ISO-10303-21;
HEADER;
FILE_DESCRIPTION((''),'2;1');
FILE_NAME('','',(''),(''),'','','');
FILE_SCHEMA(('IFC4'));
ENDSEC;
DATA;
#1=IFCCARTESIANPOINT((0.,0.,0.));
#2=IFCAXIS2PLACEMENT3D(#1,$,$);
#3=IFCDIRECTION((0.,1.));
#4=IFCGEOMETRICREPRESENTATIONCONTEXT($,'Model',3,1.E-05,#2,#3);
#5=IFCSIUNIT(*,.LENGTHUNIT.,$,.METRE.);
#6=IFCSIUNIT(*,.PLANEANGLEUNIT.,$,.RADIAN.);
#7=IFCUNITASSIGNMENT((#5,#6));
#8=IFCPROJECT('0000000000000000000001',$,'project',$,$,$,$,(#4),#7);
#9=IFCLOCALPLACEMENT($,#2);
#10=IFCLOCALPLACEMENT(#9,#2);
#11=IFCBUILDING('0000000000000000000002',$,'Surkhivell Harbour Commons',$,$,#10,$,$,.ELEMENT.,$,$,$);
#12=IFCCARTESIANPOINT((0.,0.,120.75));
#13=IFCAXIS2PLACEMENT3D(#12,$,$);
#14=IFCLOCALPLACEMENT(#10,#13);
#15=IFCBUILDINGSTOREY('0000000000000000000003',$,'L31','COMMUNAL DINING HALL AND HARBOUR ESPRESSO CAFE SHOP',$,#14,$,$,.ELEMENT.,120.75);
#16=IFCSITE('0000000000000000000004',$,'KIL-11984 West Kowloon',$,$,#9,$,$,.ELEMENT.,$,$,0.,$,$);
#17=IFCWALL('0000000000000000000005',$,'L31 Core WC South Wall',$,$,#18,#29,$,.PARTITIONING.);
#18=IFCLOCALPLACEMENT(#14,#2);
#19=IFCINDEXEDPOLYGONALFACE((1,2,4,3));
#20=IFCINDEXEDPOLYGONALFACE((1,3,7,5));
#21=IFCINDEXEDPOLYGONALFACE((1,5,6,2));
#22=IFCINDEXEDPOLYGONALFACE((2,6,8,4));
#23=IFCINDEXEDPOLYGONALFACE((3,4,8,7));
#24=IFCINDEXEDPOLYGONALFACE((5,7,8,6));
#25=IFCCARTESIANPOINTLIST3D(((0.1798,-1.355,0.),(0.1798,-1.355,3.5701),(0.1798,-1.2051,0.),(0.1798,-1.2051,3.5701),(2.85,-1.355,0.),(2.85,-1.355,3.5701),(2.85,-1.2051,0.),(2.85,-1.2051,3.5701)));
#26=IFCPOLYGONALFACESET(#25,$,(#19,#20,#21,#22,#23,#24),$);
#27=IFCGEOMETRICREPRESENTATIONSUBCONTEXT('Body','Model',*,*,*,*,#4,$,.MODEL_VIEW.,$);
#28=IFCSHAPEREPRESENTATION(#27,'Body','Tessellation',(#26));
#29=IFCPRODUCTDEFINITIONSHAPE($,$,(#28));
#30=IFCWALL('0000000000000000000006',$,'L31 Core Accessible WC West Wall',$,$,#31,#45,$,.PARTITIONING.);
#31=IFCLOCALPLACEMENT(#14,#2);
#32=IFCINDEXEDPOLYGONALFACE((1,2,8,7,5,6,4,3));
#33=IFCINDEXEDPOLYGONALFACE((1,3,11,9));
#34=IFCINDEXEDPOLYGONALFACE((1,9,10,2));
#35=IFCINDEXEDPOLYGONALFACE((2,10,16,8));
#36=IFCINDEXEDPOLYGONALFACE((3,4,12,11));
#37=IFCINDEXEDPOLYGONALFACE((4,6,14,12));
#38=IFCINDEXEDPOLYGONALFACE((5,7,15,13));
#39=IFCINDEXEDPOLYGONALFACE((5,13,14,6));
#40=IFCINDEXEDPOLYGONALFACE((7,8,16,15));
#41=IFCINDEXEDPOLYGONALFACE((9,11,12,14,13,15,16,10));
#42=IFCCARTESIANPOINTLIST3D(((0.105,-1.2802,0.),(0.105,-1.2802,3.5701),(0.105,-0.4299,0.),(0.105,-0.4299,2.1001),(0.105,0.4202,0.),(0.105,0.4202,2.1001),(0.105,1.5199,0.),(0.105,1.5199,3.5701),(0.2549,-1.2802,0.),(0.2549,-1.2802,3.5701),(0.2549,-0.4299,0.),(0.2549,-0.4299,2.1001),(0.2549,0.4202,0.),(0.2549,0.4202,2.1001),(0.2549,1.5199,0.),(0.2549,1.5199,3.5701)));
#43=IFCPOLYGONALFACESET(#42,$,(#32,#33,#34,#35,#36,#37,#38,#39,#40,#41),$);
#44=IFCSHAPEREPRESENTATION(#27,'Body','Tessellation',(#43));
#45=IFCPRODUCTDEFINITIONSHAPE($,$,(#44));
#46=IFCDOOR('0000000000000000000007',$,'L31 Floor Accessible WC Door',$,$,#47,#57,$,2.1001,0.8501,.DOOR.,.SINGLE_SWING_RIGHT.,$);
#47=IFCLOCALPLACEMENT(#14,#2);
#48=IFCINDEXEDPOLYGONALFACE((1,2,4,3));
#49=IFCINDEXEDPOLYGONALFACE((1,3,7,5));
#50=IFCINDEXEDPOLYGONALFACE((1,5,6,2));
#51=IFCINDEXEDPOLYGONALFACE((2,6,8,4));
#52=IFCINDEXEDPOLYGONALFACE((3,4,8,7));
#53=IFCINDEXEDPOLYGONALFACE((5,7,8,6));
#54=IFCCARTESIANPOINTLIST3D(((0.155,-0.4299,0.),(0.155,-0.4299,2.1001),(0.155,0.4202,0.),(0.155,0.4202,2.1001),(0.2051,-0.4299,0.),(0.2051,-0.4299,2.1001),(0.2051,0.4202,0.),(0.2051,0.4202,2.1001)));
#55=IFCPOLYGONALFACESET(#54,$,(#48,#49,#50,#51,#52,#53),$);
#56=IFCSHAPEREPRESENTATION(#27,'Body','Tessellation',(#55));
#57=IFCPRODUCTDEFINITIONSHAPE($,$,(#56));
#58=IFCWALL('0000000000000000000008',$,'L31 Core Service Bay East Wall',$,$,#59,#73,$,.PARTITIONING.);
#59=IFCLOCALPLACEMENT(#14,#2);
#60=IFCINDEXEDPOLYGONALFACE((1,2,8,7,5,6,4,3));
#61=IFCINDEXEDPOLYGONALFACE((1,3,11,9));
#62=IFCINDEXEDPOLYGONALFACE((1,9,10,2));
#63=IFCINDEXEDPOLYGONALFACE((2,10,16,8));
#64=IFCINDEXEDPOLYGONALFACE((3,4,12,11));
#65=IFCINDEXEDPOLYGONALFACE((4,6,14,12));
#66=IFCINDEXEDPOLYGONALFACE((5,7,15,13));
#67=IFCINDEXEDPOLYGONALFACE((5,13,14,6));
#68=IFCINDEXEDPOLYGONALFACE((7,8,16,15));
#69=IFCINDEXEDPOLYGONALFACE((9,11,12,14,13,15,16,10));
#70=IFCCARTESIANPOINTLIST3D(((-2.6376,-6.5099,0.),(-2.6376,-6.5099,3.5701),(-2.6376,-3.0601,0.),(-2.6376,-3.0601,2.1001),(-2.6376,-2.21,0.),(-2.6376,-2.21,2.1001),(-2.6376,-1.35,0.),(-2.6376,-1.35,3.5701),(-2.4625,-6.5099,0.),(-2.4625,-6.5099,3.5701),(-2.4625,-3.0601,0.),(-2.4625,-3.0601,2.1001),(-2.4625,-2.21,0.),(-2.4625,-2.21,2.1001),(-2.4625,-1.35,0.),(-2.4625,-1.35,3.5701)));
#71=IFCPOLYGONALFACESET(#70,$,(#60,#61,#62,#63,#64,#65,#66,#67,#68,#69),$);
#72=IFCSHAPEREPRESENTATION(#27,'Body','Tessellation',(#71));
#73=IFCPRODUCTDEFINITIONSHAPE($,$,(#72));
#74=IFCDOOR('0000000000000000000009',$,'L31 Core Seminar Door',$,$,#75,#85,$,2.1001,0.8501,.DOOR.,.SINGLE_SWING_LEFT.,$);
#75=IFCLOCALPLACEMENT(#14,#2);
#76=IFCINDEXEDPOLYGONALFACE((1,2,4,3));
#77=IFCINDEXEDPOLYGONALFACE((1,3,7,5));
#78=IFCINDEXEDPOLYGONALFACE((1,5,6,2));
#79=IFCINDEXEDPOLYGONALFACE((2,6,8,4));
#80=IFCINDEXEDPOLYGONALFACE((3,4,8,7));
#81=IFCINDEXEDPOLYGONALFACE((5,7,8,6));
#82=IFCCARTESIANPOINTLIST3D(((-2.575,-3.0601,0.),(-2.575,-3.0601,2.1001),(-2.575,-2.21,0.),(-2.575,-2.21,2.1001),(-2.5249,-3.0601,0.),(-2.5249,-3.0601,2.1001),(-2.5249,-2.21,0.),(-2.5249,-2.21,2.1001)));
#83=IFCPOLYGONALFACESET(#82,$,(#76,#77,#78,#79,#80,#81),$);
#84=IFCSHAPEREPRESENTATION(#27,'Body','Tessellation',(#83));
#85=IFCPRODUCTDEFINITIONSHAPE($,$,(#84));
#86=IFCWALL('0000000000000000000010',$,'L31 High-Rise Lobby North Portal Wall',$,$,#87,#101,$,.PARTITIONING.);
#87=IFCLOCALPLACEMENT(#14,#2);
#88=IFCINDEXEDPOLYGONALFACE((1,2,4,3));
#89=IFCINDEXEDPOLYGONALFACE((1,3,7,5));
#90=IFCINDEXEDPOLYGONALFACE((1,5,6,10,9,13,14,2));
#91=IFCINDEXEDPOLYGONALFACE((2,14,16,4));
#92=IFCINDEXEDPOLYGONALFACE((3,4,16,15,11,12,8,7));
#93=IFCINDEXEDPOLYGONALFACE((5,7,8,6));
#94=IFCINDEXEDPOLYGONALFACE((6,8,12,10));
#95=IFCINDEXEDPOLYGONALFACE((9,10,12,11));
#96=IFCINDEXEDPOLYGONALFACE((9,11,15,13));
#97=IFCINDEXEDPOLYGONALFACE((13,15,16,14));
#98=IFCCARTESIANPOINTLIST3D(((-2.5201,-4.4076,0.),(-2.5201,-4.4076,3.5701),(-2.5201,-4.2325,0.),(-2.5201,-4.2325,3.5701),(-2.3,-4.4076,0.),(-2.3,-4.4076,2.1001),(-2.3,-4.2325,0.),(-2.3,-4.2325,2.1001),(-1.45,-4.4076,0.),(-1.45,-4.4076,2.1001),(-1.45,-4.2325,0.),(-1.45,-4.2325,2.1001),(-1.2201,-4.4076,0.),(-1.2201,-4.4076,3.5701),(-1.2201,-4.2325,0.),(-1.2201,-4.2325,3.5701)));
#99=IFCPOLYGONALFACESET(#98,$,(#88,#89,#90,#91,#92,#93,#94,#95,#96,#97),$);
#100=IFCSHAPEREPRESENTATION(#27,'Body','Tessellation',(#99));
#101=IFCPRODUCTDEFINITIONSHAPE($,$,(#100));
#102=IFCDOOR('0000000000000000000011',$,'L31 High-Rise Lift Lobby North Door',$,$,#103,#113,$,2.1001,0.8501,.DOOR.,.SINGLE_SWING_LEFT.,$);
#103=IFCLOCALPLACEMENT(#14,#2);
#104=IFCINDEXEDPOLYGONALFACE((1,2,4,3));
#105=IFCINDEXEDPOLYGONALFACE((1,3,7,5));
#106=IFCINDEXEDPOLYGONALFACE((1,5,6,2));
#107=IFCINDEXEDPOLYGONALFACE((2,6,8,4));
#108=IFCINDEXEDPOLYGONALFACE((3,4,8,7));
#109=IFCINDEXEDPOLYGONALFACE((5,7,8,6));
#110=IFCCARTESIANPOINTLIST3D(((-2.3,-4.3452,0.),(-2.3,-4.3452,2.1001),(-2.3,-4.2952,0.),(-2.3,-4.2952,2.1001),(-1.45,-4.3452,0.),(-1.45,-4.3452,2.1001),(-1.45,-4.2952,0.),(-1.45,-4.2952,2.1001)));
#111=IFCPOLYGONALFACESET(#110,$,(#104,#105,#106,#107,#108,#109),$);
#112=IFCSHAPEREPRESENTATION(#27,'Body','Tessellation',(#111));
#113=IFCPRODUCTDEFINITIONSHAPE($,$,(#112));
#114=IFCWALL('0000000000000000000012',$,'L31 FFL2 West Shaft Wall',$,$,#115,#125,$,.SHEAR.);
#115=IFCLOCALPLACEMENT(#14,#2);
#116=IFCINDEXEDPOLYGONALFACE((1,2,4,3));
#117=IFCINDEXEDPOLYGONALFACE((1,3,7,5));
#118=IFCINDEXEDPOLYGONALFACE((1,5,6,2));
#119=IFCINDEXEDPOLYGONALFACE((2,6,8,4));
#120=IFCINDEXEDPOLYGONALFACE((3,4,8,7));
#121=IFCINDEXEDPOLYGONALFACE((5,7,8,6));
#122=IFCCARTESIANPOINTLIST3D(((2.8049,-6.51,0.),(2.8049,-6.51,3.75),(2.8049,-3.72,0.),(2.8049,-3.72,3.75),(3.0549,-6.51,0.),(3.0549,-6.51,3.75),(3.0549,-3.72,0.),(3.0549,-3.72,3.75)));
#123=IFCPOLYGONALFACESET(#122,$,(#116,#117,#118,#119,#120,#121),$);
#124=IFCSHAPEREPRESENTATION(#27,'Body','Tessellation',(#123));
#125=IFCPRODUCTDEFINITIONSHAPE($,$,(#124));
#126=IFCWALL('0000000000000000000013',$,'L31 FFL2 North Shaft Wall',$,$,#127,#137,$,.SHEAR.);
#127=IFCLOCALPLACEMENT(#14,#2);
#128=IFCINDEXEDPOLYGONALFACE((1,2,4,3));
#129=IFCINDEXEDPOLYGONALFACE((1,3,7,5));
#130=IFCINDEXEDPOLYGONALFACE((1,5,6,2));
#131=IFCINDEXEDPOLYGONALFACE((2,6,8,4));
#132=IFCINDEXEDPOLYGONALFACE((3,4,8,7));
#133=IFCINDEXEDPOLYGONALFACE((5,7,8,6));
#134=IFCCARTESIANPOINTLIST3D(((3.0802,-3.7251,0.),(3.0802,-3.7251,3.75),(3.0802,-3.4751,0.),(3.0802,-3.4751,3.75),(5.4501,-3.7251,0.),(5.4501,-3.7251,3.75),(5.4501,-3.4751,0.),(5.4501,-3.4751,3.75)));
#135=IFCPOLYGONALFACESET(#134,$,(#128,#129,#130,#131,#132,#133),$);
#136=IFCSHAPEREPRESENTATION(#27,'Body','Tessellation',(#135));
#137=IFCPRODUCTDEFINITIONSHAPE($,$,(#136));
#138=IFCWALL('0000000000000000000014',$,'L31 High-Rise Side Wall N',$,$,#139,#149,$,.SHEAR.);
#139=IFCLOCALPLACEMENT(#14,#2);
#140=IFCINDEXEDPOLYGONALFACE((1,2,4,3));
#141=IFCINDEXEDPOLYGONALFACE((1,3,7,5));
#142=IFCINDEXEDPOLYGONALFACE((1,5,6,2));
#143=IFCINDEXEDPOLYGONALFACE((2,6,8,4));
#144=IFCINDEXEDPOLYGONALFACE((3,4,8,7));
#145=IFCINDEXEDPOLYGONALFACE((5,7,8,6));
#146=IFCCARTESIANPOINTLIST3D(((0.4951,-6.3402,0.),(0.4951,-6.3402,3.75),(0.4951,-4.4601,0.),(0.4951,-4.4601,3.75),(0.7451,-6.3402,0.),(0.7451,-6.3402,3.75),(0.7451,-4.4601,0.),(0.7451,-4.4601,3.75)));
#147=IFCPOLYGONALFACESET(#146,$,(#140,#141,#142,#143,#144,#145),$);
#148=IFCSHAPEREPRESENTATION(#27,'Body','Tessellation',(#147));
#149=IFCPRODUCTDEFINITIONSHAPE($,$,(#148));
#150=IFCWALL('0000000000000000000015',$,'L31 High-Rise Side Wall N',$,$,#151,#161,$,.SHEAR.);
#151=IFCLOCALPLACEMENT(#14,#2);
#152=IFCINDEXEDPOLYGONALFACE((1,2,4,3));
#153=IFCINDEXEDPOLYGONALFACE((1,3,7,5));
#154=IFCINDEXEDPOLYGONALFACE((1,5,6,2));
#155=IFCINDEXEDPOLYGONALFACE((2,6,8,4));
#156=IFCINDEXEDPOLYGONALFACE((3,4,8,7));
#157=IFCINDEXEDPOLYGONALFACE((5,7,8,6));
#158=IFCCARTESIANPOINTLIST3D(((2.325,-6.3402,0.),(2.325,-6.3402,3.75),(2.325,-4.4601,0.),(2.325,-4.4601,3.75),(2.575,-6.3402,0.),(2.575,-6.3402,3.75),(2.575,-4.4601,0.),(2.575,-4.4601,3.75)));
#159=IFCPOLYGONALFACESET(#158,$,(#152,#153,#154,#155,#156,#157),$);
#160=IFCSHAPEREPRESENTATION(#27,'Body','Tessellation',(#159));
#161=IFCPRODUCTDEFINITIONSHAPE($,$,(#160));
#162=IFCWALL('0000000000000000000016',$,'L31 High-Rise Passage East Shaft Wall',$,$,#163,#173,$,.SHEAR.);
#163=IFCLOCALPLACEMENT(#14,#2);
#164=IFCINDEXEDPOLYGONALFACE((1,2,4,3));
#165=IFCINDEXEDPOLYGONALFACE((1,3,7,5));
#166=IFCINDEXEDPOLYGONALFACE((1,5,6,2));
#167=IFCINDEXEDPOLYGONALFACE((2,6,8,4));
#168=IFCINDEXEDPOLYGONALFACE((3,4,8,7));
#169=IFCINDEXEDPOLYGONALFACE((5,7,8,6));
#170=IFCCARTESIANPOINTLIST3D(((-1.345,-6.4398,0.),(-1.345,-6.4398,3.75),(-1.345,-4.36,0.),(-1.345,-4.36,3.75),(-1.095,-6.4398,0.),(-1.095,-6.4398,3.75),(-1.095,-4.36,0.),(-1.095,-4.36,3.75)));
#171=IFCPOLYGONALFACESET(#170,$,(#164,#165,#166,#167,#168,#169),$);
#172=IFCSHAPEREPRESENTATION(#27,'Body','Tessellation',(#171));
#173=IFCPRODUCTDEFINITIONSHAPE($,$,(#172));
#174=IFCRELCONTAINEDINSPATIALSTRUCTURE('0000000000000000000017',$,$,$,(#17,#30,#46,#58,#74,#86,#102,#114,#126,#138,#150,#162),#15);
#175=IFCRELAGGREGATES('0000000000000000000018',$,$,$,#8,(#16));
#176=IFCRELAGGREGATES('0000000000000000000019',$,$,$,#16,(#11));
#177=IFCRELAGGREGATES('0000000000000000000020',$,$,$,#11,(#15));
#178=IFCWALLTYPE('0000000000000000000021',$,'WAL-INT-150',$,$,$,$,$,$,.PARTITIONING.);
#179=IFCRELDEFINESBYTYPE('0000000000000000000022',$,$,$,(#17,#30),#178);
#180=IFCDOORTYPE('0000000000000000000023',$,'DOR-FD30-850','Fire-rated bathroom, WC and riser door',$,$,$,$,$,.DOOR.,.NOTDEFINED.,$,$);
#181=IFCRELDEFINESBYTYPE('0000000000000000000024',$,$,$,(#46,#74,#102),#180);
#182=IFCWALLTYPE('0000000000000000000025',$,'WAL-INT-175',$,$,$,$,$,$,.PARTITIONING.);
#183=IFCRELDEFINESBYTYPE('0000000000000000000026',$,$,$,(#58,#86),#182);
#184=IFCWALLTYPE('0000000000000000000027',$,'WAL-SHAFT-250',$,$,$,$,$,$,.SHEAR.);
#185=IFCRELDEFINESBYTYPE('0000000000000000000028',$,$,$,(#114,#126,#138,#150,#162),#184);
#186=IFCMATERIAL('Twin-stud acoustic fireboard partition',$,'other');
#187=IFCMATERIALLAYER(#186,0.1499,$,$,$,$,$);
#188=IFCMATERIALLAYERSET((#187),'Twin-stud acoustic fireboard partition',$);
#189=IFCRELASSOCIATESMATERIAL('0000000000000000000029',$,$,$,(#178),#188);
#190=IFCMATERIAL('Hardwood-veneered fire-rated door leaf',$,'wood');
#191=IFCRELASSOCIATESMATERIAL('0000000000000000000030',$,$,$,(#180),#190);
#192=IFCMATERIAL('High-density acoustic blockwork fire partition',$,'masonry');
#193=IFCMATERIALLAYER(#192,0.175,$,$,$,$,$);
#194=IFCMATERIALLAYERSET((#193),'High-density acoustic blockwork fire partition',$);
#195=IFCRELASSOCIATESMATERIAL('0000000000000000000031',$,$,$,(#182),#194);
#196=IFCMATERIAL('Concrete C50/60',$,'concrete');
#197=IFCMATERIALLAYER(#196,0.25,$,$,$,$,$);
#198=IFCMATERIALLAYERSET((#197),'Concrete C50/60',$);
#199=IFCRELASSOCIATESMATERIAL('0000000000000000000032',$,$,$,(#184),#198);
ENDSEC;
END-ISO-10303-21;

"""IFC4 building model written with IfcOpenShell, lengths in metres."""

from ifc_helpers import new_model, si_unit, direction, frame, frame_2d, origin, place, context, subcontext, project, spatial, rectangle, extrude, material, layer, layer_set, type_object, element, fill, save


model = new_model("IFC4")

# Units and contexts
model_context = context("Model", 3, precision=1e-05, world=origin(), true_north=direction((0.0, 1.0)))
body_context = subcontext(model_context, "Body", "Model", "MODEL_VIEW")
ifc_project = project(units=[si_unit("LENGTHUNIT", "METRE"), si_unit("PLANEANGLEUNIT", "RADIAN")], contexts=[model_context])

# Site, building, storey
site_placement = place(None, origin())
site = spatial("IfcSite", under=ifc_project, at=site_placement, Name="KIL-11984 West Kowloon", CompositionType="ELEMENT", RefElevation=0.0)
building_placement = place(site_placement, origin())
building = spatial("IfcBuilding", under=site, at=building_placement, Name="Surkhivell Harbour Commons", CompositionType="ELEMENT")
storey_placement = place(building_placement, frame((0.0, 0.0, 120.75)))
storey = spatial("IfcBuildingStorey", under=building, at=storey_placement, Name="L31", Description="COMMUNAL DINING HALL AND HARBOUR ESPRESSO CAFE SHOP", CompositionType="ELEMENT", Elevation=120.75)

# Wall
ifc_material_1 = material(Name="Twin-stud acoustic fireboard partition", Category="other")
ifc_layer_1 = layer(ifc_material_1, 0.1499)
ifc_layer_set_1 = layer_set([ifc_layer_1], Name="Twin-stud acoustic fireboard partition")
wall_type_1 = type_object("IfcWallType", Name="WAL-INT-150", PredefinedType="PARTITIONING", material=ifc_layer_set_1)
wall_1_placement = place(storey_placement, frame((0.1799, -1.28, 0.0), z_axis=(0.0, 0.0, 1.0), x_axis=(1.0, 0.0, 0.0)))
element("IfcWall", 1, at=wall_1_placement, inside=storey, type_object=wall_type_1, Name="L31 Core WC South Wall", PredefinedType="PARTITIONING", context=body_context, shape_type="SweptSolid", body=[
    extrude(rectangle(XDim=2.6702, YDim=0.1499, at=frame_2d((1.335, 0.0))), origin(), (0.0, 0.0, 1.0), 3.5701),
])

# Walls, openings, doors
wall_2_placement = place(storey_placement, frame((0.1799, -1.28, 0.0), z_axis=(0.0, 0.0, 1.0), x_axis=(0.0, 1.0, 0.0)))
wall_2 = element("IfcWall", 2, at=wall_2_placement, inside=storey, type_object=wall_type_1, Name="L31 Core Accessible WC West Wall", PredefinedType="PARTITIONING", context=body_context, shape_type="SweptSolid", body=[
    extrude(rectangle(XDim=2.8, YDim=0.1499, at=frame_2d((1.3999, 0.0))), origin(), (0.0, 0.0, 1.0), 3.5701),
])
opening_1_placement = place(wall_2_placement, frame((0.8501, 0.0, 0.0)))
opening_1 = element("IfcOpeningElement", 3, at=opening_1_placement, cuts=wall_2, PredefinedType="OPENING", context=body_context, shape_type="SweptSolid", body=[
    extrude(rectangle(XDim=0.8501, YDim=2.1001, at=frame_2d((0.425, 1.05))), frame((0.0, 0.085, 0.0), z_axis=(0.0, -1.0, 0.0), x_axis=(1.0, 0.0, 0.0)), (0.0, 0.0, 1.0), 0.1699),
])
ifc_material_2 = material(Name="Hardwood-veneered fire-rated door leaf", Category="wood")
door_type_1 = type_object("IfcDoorType", Name="DOR-FD30-850", Description="Fire-rated bathroom, WC and riser door", OperationType="NOTDEFINED", PredefinedType="DOOR", material=ifc_material_2)
door_1_placement = place(opening_1_placement, origin())
door_1 = element("IfcDoor", 4, at=door_1_placement, inside=storey, type_object=door_type_1, Name="L31 Floor Accessible WC Door", OperationType="SINGLE_SWING_RIGHT", OverallHeight=2.1001, OverallWidth=0.8501, PredefinedType="DOOR", context=body_context, shape_type="SweptSolid", body=[
    extrude(rectangle(XDim=0.8501, YDim=2.1001, at=frame_2d((0.425, 1.05))), frame((0.0, 0.0249, 0.0), z_axis=(0.0, -1.0, 0.0), x_axis=(1.0, 0.0, 0.0)), (0.0, 0.0, 1.0), 0.05),
])
fill(opening_1, door_1)
ifc_material_3 = material(Name="High-density acoustic blockwork fire partition", Category="masonry")
ifc_layer_2 = layer(ifc_material_3, 0.175)
ifc_layer_set_2 = layer_set([ifc_layer_2], Name="High-density acoustic blockwork fire partition")
wall_type_2 = type_object("IfcWallType", Name="WAL-INT-175", PredefinedType="PARTITIONING", material=ifc_layer_set_2)
wall_3_placement = place(storey_placement, frame((-2.55, -6.51, 0.0), z_axis=(0.0, 0.0, 1.0), x_axis=(0.0, 1.0, 0.0)))
wall_3 = element("IfcWall", 5, at=wall_3_placement, inside=storey, type_object=wall_type_2, Name="L31 Core Service Bay East Wall", PredefinedType="PARTITIONING", context=body_context, shape_type="SweptSolid", body=[
    extrude(rectangle(XDim=5.1599, YDim=0.175, at=frame_2d((2.5801, 0.0))), origin(), (0.0, 0.0, 1.0), 3.5701),
])
opening_2_placement = place(wall_3_placement, frame((3.45, 0.0, 0.0)))
opening_2 = element("IfcOpeningElement", 6, at=opening_2_placement, cuts=wall_3, PredefinedType="OPENING", context=body_context, shape_type="SweptSolid", body=[
    extrude(rectangle(XDim=0.8501, YDim=2.1001, at=frame_2d((0.425, 1.05))), frame((0.0, 0.0974, 0.0), z_axis=(0.0, -1.0, 0.0), x_axis=(1.0, 0.0, 0.0)), (0.0, 0.0, 1.0), 0.1951),
])
door_2_placement = place(opening_2_placement, origin())
door_2 = element("IfcDoor", 7, at=door_2_placement, inside=storey, type_object=door_type_1, Name="L31 Core Seminar Door", OperationType="SINGLE_SWING_LEFT", OverallHeight=2.1001, OverallWidth=0.8501, PredefinedType="DOOR", context=body_context, shape_type="SweptSolid", body=[
    extrude(rectangle(XDim=0.8501, YDim=2.1001, at=frame_2d((0.425, 1.05))), frame((0.0, 0.0249, 0.0), z_axis=(0.0, -1.0, 0.0), x_axis=(1.0, 0.0, 0.0)), (0.0, 0.0, 1.0), 0.05),
])
fill(opening_2, door_2)
wall_4_placement = place(storey_placement, frame((-2.52, -4.3201, 0.0), z_axis=(0.0, 0.0, 1.0), x_axis=(1.0, 0.0, 0.0)))
wall_4 = element("IfcWall", 8, at=wall_4_placement, inside=storey, type_object=wall_type_2, Name="L31 High-Rise Lobby North Portal Wall", PredefinedType="PARTITIONING", context=body_context, shape_type="SweptSolid", body=[
    extrude(rectangle(XDim=1.3, YDim=0.175, at=frame_2d((0.6499, 0.0))), origin(), (0.0, 0.0, 1.0), 3.5701),
])
opening_3_placement = place(wall_4_placement, frame((0.22, 0.0, 0.0)))
opening_3 = element("IfcOpeningElement", 9, at=opening_3_placement, cuts=wall_4, PredefinedType="OPENING", context=body_context, shape_type="SweptSolid", body=[
    extrude(rectangle(XDim=0.8501, YDim=2.1001, at=frame_2d((0.425, 1.05))), frame((0.0, 0.0974, 0.0), z_axis=(0.0, -1.0, 0.0), x_axis=(1.0, 0.0, 0.0)), (0.0, 0.0, 1.0), 0.1951),
])
door_3_placement = place(opening_3_placement, origin())
door_3 = element("IfcDoor", 10, at=door_3_placement, inside=storey, type_object=door_type_1, Name="L31 High-Rise Lift Lobby North Door", OperationType="SINGLE_SWING_LEFT", OverallHeight=2.1001, OverallWidth=0.8501, PredefinedType="DOOR", context=body_context, shape_type="SweptSolid", body=[
    extrude(rectangle(XDim=0.8501, YDim=2.1001, at=frame_2d((0.425, 1.05))), frame((0.0, 0.0249, 0.0), z_axis=(0.0, -1.0, 0.0), x_axis=(1.0, 0.0, 0.0)), (0.0, 0.0, 1.0), 0.05),
])
fill(opening_3, door_3)

# Walls
ifc_material_4 = material(Name="Concrete C50/60", Category="concrete")
ifc_layer_3 = layer(ifc_material_4, 0.25)
ifc_layer_set_3 = layer_set([ifc_layer_3], Name="Concrete C50/60")
wall_type_3 = type_object("IfcWallType", Name="WAL-SHAFT-250", PredefinedType="SHEAR", material=ifc_layer_set_3)
wall_5_placement = place(storey_placement, frame((2.9299, -6.51, 0.0), z_axis=(0.0, 0.0, 1.0), x_axis=(0.0, 1.0, 0.0)))
element("IfcWall", 11, at=wall_5_placement, inside=storey, type_object=wall_type_3, Name="L31 FFL2 West Shaft Wall", PredefinedType="SHEAR", context=body_context, shape_type="SweptSolid", body=[
    extrude(rectangle(XDim=2.79, YDim=0.25, at=frame_2d((1.395, 0.0))), origin(), (0.0, 0.0, 1.0), 3.75),
])
wall_6_placement = place(storey_placement, frame((3.0801, -3.6001, 0.0), z_axis=(0.0, 0.0, 1.0), x_axis=(1.0, 0.0, 0.0)))
element("IfcWall", 12, at=wall_6_placement, inside=storey, type_object=wall_type_3, Name="L31 FFL2 North Shaft Wall", PredefinedType="SHEAR", context=body_context, shape_type="SweptSolid", body=[
    extrude(rectangle(XDim=2.3699, YDim=0.25, at=frame_2d((1.1851, 0.0))), origin(), (0.0, 0.0, 1.0), 3.75),
])
for number, where, z_axis, x_axis, name in (
    (13, (0.6201, -6.3401, 0.0), (0.0, 0.0, 1.0), (0.0, 1.0, 0.0), "L31 High-Rise Side Wall N"),
    (14, (2.45, -6.3401, 0.0), (0.0, 0.0, 1.0), (0.0, 1.0, 0.0), "L31 High-Rise Side Wall N"),
):
    element("IfcWall", number, at=place(storey_placement, frame(where, z_axis=z_axis, x_axis=x_axis)), inside=storey, type_object=wall_type_3, Name=name, PredefinedType="SHEAR", context=body_context, shape_type="SweptSolid", body=[
        extrude(rectangle(XDim=1.8801, YDim=0.25, at=frame_2d((0.9399, 0.0))), origin(), (0.0, 0.0, 1.0), 3.75),
    ])
wall_7_placement = place(storey_placement, frame((-1.22, -6.4399, 0.0), z_axis=(0.0, 0.0, 1.0), x_axis=(0.0, 1.0, 0.0)))
element("IfcWall", 15, at=wall_7_placement, inside=storey, type_object=wall_type_3, Name="L31 High-Rise Passage East Shaft Wall", PredefinedType="SHEAR", context=body_context, shape_type="SweptSolid", body=[
    extrude(rectangle(XDim=2.0798, YDim=0.25, at=frame_2d((1.04, 0.0))), origin(), (0.0, 0.0, 1.0), 3.75),
])

save(model, "model.ifc")
